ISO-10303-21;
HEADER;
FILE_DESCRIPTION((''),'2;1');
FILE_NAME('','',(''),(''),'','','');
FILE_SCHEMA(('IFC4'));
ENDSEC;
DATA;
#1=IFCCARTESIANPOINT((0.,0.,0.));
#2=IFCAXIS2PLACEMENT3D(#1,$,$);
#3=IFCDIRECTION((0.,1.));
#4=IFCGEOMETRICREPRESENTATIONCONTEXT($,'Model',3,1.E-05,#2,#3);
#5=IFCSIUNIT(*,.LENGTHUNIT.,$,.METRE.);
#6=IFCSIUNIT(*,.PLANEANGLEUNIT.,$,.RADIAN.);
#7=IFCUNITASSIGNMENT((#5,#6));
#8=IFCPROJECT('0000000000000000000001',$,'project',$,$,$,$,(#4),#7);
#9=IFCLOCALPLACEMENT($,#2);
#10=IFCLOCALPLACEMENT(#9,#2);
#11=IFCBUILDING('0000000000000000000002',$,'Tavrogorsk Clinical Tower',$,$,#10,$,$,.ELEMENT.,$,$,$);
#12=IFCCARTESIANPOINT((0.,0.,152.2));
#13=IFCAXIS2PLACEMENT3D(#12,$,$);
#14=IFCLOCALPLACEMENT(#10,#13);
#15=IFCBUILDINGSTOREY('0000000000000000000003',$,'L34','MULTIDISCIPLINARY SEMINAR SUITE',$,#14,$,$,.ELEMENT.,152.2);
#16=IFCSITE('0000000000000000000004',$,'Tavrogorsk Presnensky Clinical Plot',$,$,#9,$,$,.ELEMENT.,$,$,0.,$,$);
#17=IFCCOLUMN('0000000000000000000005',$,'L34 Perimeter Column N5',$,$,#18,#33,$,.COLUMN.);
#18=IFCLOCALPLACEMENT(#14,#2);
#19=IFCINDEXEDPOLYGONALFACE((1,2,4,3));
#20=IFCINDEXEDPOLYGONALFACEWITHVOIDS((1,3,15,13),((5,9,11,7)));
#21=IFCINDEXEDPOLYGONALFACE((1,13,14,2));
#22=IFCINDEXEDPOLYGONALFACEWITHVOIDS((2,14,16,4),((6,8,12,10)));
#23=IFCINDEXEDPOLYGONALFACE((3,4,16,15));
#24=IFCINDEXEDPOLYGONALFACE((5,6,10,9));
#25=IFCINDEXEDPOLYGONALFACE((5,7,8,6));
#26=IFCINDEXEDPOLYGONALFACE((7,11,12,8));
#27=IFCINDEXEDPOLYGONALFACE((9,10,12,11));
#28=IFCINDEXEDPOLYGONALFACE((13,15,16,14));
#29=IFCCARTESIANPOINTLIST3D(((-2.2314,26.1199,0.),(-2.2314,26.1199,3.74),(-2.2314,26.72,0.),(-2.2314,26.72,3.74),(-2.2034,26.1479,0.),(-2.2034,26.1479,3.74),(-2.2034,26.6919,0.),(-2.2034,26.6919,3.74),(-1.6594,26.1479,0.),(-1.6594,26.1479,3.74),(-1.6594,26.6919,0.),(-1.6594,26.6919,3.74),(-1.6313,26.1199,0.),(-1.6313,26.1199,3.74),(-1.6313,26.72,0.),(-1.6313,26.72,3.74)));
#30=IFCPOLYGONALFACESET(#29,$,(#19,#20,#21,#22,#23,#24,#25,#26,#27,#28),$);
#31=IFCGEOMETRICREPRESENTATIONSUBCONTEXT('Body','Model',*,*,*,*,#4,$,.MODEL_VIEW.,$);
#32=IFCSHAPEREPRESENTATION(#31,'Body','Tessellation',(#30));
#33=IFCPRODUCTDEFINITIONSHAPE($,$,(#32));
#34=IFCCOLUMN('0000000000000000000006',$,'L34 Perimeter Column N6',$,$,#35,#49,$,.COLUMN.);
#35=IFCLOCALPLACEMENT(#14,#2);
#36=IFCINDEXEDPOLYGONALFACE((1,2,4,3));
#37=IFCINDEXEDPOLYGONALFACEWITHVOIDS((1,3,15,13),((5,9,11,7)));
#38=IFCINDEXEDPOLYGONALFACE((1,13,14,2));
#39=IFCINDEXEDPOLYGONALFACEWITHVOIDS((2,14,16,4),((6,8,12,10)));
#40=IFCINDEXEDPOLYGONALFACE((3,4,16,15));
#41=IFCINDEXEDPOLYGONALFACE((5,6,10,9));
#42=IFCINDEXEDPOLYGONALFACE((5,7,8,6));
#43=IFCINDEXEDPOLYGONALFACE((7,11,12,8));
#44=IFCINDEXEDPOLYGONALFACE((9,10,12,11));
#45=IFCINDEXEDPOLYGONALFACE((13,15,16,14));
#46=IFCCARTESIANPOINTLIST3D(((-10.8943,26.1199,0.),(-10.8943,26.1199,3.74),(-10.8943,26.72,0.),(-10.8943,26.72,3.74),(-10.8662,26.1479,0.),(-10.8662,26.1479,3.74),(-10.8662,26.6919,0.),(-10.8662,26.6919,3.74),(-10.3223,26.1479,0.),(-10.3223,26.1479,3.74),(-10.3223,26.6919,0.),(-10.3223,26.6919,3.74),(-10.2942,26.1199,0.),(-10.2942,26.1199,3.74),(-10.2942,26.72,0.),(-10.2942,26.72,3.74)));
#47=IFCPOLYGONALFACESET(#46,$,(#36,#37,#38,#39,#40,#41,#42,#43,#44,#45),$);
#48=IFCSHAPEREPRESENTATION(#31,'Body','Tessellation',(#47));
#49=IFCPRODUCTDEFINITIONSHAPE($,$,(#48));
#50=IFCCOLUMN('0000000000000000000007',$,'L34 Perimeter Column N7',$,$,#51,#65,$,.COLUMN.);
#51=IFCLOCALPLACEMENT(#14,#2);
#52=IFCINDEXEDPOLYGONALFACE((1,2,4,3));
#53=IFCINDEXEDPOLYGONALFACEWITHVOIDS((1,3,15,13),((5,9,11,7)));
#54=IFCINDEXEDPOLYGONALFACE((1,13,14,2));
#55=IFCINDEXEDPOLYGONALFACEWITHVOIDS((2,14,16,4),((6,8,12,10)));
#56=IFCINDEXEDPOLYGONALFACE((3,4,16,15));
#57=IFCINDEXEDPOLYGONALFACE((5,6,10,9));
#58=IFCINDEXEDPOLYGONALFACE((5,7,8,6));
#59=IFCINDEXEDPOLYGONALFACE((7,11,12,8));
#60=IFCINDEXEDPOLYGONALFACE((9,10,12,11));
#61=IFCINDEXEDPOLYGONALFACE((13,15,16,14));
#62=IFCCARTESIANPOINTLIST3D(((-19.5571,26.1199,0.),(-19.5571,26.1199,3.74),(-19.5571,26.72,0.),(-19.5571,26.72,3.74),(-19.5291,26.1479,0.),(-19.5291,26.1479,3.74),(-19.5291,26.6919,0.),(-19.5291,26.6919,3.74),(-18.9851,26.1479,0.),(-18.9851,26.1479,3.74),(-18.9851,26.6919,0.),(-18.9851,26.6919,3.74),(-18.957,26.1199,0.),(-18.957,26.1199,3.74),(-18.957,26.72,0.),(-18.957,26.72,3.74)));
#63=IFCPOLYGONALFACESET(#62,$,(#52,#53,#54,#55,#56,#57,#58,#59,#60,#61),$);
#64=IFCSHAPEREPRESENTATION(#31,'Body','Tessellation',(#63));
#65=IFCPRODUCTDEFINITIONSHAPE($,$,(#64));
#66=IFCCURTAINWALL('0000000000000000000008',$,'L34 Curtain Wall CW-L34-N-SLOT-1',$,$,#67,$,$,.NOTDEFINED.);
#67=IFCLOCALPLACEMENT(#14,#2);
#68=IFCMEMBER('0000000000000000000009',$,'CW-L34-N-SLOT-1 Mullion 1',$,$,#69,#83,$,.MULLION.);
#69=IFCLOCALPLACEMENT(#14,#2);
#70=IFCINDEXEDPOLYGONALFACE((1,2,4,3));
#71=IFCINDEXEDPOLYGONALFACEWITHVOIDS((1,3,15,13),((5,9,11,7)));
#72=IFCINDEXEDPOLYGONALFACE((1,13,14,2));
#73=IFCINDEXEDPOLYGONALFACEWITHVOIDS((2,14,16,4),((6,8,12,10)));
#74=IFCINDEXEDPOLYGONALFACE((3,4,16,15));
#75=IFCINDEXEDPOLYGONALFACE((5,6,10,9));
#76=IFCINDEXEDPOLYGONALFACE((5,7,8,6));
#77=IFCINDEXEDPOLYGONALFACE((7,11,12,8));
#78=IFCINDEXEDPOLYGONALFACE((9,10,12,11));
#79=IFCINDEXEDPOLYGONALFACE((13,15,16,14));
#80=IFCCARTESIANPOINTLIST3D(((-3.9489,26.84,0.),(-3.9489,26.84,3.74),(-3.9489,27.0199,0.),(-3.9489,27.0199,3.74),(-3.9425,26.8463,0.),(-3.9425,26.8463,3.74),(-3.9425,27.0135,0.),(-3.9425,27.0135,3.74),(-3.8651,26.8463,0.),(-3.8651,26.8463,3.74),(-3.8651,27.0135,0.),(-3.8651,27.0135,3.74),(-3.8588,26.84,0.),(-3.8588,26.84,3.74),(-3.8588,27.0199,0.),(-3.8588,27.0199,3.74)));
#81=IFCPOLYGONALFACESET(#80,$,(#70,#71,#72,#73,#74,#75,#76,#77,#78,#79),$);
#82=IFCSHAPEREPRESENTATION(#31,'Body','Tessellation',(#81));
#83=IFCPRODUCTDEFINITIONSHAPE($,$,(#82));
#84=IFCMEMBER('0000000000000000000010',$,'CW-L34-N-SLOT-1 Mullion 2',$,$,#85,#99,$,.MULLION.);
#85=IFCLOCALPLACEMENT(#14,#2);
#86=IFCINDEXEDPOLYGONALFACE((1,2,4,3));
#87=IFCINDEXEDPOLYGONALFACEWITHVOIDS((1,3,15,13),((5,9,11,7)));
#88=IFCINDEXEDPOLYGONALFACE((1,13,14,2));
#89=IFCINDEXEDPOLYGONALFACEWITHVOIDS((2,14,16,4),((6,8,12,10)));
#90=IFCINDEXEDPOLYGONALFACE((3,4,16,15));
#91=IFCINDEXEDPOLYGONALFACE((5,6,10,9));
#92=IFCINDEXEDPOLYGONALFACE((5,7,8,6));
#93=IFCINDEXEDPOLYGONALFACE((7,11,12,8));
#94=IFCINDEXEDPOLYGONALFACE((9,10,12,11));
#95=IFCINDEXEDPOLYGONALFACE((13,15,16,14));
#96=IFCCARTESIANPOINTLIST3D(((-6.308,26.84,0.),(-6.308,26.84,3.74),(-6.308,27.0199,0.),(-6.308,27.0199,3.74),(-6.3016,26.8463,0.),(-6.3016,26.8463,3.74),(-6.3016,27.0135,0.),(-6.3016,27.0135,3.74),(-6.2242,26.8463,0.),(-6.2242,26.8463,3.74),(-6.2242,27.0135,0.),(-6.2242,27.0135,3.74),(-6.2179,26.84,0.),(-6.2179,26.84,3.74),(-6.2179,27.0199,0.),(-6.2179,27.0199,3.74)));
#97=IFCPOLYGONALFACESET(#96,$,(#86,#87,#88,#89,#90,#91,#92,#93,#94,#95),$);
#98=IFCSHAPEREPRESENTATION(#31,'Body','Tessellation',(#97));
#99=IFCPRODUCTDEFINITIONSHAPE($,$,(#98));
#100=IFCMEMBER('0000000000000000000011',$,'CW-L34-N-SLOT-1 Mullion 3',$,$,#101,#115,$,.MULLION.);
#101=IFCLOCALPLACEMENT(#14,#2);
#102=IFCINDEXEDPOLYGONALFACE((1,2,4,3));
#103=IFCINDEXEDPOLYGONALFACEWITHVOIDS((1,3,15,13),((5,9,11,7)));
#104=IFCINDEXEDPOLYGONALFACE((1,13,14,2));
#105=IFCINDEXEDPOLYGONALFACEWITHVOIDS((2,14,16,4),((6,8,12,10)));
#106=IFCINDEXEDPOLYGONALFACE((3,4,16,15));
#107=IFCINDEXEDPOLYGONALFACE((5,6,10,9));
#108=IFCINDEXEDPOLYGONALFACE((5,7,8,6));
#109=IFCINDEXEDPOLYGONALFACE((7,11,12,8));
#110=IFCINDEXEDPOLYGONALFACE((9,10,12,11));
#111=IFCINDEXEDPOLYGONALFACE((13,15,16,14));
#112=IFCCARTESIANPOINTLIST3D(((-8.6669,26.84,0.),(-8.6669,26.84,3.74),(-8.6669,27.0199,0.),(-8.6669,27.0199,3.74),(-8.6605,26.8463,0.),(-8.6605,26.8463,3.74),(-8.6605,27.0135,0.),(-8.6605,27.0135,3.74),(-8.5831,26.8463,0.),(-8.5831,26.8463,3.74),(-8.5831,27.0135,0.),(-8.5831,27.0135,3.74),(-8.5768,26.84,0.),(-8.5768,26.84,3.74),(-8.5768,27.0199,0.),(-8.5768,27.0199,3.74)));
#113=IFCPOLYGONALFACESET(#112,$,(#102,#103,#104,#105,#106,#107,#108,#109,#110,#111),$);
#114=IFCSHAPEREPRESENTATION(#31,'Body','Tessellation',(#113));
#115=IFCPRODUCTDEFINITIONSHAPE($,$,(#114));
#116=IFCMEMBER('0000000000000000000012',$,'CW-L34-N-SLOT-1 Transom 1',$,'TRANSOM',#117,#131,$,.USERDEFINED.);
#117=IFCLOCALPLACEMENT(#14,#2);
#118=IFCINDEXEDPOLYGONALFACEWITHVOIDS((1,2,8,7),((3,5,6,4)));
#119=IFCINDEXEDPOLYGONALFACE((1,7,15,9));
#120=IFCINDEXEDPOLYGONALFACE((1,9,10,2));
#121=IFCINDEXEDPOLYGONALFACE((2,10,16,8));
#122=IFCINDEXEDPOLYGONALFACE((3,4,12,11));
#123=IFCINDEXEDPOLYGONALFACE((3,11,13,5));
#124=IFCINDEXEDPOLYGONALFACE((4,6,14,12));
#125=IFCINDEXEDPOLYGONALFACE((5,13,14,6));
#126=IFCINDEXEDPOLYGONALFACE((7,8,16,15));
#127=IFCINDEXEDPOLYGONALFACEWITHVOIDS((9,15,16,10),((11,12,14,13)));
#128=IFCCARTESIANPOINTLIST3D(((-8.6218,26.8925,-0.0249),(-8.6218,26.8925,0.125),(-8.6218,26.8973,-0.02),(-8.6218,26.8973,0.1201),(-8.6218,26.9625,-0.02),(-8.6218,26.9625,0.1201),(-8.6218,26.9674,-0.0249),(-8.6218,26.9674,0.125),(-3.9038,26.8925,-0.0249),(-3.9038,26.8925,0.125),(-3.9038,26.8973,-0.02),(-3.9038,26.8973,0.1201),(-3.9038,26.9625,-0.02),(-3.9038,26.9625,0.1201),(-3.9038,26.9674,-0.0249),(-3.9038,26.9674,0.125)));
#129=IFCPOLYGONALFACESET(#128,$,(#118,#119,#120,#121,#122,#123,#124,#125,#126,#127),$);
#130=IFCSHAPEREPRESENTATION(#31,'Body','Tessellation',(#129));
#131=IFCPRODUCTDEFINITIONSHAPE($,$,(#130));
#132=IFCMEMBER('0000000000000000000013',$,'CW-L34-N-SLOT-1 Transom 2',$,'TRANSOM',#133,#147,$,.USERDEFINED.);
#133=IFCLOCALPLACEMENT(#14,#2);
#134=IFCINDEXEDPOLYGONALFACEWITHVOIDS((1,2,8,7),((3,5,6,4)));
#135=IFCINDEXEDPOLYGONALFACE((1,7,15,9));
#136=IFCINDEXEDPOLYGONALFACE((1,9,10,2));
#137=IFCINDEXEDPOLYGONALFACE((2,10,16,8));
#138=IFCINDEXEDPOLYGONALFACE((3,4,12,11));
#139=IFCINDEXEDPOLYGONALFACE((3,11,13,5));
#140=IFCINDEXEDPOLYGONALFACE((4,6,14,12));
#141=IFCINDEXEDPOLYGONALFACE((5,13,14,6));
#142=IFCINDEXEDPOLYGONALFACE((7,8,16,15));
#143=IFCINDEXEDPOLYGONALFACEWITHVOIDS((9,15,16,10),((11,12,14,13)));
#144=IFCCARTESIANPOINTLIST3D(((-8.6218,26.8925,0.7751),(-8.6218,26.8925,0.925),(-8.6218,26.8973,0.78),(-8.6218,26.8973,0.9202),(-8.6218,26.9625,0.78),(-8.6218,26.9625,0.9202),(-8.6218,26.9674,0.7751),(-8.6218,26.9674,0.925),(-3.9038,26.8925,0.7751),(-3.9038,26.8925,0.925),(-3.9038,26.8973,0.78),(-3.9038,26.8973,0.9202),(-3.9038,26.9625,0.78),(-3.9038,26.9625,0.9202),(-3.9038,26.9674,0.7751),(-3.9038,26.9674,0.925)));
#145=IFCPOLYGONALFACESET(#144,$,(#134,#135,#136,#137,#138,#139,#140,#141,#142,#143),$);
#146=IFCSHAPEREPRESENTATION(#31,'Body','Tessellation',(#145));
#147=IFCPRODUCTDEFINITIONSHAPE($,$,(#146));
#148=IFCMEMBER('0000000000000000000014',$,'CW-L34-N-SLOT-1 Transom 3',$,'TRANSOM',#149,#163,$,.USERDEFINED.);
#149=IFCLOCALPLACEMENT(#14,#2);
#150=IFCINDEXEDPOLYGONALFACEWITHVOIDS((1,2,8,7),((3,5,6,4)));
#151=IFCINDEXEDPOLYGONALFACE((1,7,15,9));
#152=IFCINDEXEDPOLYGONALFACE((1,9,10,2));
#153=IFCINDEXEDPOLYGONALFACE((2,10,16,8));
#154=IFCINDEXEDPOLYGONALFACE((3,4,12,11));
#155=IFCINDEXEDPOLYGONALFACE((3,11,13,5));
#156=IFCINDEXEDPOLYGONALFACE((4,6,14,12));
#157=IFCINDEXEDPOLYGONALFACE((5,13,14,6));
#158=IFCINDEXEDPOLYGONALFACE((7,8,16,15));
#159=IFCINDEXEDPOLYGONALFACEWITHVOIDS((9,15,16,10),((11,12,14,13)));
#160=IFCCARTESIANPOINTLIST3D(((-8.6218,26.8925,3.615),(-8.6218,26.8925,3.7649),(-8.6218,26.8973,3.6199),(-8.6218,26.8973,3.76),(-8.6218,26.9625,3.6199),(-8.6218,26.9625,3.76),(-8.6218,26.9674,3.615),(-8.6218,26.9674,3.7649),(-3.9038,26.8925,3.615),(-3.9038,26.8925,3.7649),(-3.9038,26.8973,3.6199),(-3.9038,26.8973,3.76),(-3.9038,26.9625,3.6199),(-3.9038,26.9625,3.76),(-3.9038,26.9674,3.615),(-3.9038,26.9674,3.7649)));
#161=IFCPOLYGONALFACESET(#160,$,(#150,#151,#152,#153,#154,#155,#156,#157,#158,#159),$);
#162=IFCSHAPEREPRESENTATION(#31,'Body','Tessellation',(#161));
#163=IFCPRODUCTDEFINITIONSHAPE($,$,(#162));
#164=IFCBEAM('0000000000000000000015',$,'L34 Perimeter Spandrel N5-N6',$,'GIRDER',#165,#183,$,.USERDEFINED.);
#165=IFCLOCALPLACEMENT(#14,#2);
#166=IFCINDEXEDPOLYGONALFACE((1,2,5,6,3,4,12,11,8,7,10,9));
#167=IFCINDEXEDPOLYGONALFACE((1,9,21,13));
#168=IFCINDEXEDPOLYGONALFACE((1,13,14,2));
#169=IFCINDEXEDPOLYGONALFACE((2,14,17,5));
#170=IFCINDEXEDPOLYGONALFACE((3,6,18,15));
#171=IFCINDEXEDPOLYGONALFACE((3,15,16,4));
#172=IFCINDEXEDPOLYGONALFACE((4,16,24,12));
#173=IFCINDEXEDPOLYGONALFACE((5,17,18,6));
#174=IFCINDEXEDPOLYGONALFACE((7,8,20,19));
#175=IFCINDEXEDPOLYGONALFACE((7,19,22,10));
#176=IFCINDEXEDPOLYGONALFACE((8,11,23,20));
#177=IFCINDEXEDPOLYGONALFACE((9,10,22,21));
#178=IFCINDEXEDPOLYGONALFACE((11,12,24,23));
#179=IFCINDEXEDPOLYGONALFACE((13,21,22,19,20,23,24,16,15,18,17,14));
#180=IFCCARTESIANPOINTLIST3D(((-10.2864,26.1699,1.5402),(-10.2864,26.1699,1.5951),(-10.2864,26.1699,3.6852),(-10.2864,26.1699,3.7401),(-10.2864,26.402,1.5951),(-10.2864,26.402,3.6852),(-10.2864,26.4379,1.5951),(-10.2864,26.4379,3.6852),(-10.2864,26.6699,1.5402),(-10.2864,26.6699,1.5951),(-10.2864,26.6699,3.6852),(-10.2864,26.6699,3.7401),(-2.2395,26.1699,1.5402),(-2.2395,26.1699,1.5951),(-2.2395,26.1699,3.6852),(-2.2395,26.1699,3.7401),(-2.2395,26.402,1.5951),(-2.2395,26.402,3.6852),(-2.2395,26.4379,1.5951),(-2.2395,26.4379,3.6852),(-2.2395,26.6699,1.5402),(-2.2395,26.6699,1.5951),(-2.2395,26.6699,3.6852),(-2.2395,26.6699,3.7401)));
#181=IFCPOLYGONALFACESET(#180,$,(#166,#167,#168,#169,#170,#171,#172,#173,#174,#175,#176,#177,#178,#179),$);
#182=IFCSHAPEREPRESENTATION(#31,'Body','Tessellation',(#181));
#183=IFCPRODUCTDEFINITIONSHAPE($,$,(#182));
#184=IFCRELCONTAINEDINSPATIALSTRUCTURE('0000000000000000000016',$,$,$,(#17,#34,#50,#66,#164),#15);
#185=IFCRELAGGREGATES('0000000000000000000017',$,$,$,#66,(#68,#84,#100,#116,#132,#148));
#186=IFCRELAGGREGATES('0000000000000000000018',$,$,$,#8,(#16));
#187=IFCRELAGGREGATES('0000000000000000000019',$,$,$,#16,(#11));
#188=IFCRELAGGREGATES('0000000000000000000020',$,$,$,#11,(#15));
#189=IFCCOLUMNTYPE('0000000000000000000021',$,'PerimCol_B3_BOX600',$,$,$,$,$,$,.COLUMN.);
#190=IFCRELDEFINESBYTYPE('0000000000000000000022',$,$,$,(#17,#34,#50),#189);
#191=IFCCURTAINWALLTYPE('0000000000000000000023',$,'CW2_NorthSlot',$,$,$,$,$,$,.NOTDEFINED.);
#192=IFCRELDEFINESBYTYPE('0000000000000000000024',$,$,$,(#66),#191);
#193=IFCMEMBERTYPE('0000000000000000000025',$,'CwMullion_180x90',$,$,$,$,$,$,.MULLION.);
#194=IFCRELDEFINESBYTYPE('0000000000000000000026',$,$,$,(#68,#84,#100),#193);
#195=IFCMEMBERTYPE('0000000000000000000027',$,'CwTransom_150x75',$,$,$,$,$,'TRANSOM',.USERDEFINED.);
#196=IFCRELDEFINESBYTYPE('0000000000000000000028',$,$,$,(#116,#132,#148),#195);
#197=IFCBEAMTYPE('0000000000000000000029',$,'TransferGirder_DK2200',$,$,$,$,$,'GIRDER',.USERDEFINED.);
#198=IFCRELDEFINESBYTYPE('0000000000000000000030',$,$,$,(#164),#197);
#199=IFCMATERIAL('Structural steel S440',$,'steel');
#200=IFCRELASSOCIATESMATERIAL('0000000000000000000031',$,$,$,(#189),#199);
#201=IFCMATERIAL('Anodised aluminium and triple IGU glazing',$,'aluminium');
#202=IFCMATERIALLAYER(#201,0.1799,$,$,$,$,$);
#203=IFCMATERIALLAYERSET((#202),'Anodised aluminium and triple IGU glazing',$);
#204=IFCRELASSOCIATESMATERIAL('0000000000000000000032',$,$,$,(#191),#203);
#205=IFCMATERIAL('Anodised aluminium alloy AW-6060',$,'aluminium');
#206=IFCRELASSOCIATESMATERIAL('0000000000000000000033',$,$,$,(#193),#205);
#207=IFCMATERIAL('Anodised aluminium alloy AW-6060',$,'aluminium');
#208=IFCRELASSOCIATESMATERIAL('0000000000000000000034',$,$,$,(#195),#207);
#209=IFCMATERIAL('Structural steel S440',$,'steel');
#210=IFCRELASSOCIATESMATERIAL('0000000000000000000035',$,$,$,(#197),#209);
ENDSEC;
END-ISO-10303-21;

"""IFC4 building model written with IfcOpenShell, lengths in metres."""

from ifc_helpers import new_model, si_unit, direction, frame, origin, origin_2d, place, context, subcontext, project, spatial, hollow_rectangle, i_section, extrude, material, layer, layer_set, material_profile, profile_set, type_object, element, aggregate, save


model = new_model("IFC4")

# Units and contexts
model_context = context("Model", 3, precision=1e-05, world=origin(), true_north=direction((0.0, 1.0)))
body_context = subcontext(model_context, "Body", "Model", "MODEL_VIEW")
ifc_project = project(units=[si_unit("LENGTHUNIT", "METRE"), si_unit("PLANEANGLEUNIT", "RADIAN")], contexts=[model_context])

# Site, building, storey
site_placement = place(None, origin())
site = spatial("IfcSite", under=ifc_project, at=site_placement, Name="Tavrogorsk Presnensky Clinical Plot", CompositionType="ELEMENT", RefElevation=0.0)
building_placement = place(site_placement, origin())
building = spatial("IfcBuilding", under=site, at=building_placement, Name="Tavrogorsk Clinical Tower", CompositionType="ELEMENT")
storey_placement = place(building_placement, frame((0.0, 0.0, 152.2)))
storey = spatial("IfcBuildingStorey", under=building, at=storey_placement, Name="L34", Description="MULTIDISCIPLINARY SEMINAR SUITE", CompositionType="ELEMENT", Elevation=152.2)

# Columns
ifc_material_1 = material(Name="Structural steel S440", Category="steel")
ifc_material_profile_1 = material_profile(ifc_material_1, hollow_rectangle(XDim=0.6001, YDim=0.6001, WallThickness=0.0281, at=origin_2d()), Name="BOX-600x600x28")
ifc_profile_set_1 = profile_set([ifc_material_profile_1], Name="Structural steel S440")
column_type = type_object("IfcColumnType", Name="PerimCol_B3_BOX600", PredefinedType="COLUMN", material=ifc_profile_set_1)
for number, where, z_axis, x_axis, name in (
    (1, (-1.9314, 26.4199, 0.0), (0.0, 0.0, 1.0), (1.0, 0.0, 0.0), "L34 Perimeter Column N5"),
    (2, (-10.5942, 26.4199, 0.0), (0.0, 0.0, 1.0), (1.0, 0.0, 0.0), "L34 Perimeter Column N6"),
    (3, (-19.2571, 26.4199, 0.0), (0.0, 0.0, 1.0), (1.0, 0.0, 0.0), "L34 Perimeter Column N7"),
):
    element("IfcColumn", number, at=place(storey_placement, frame(where, z_axis=z_axis, x_axis=x_axis)), inside=storey, type_object=column_type, Name=name, PredefinedType="COLUMN", context=body_context, shape_type="SweptSolid", body=[
        extrude(hollow_rectangle(XDim=0.6001, YDim=0.6001, WallThickness=0.0281, at=origin_2d()), origin(), (0.0, 0.0, 1.0), 3.74),
    ])

# Curtain wall, members
ifc_material_2 = material(Name="Anodised aluminium and triple IGU glazing", Category="aluminium")
ifc_layer_1 = layer(ifc_material_2, 0.1799)
ifc_layer_set_1 = layer_set([ifc_layer_1], Name="Anodised aluminium and triple IGU glazing")
curtain_wall_type = type_object("IfcCurtainWallType", Name="CW2_NorthSlot", PredefinedType="NOTDEFINED", material=ifc_layer_set_1)
curtain_wall_placement = place(storey_placement, origin())
curtain_wall = element("IfcCurtainWall", 4, at=curtain_wall_placement, inside=storey, type_object=curtain_wall_type, Name="L34 Curtain Wall CW-L34-N-SLOT-1", PredefinedType="NOTDEFINED")
ifc_material_3 = material(Name="Anodised aluminium alloy AW-6060", Category="aluminium")
ifc_material_profile_2 = material_profile(ifc_material_3, hollow_rectangle(XDim=0.0901, YDim=0.1799, WallThickness=0.0063, at=origin_2d()), Name="RHS-180x90x6.3")
ifc_profile_set_2 = profile_set([ifc_material_profile_2], Name="Anodised aluminium alloy AW-6060")
member_type_1 = type_object("IfcMemberType", Name="CwMullion_180x90", PredefinedType="MULLION", material=ifc_profile_set_2)
member_1_placement = place(storey_placement, frame((-3.9038, 26.9299, 0.0), z_axis=(0.0, 0.0, 1.0), x_axis=(-1.0, 0.0, 0.0)))
member_1 = element("IfcMember", 5, at=member_1_placement, type_object=member_type_1, Name="CW-L34-N-SLOT-1 Mullion 1", PredefinedType="MULLION", context=body_context, shape_type="SweptSolid", body=[
    extrude(hollow_rectangle(XDim=0.0901, YDim=0.1799, WallThickness=0.0063, at=origin_2d()), origin(), (0.0, 0.0, 1.0), 3.74),
])
member_2_placement = place(storey_placement, frame((-6.2629, 26.9299, 0.0), z_axis=(0.0, 0.0, 1.0), x_axis=(-1.0, 0.0, 0.0)))
member_2 = element("IfcMember", 6, at=member_2_placement, type_object=member_type_1, Name="CW-L34-N-SLOT-1 Mullion 2", PredefinedType="MULLION", context=body_context, shape_type="SweptSolid", body=[
    extrude(hollow_rectangle(XDim=0.0901, YDim=0.1799, WallThickness=0.0063, at=origin_2d()), origin(), (0.0, 0.0, 1.0), 3.74),
])
member_3_placement = place(storey_placement, frame((-8.6218, 26.9299, 0.0), z_axis=(0.0, 0.0, 1.0), x_axis=(-1.0, 0.0, 0.0)))
member_3 = element("IfcMember", 7, at=member_3_placement, type_object=member_type_1, Name="CW-L34-N-SLOT-1 Mullion 3", PredefinedType="MULLION", context=body_context, shape_type="SweptSolid", body=[
    extrude(hollow_rectangle(XDim=0.0901, YDim=0.1799, WallThickness=0.0063, at=origin_2d()), origin(), (0.0, 0.0, 1.0), 3.74),
])
ifc_material_4 = material(Name="Anodised aluminium alloy AW-6060", Category="aluminium")
ifc_material_profile_3 = material_profile(ifc_material_4, hollow_rectangle(XDim=0.075, YDim=0.1499, WallThickness=0.0049, at=origin_2d()), Name="RHS-150x75x5")
ifc_profile_set_3 = profile_set([ifc_material_profile_3], Name="Anodised aluminium alloy AW-6060")
member_type_2 = type_object("IfcMemberType", Name="CwTransom_150x75", ElementType="TRANSOM", PredefinedType="USERDEFINED", material=ifc_profile_set_3)
member_4_placement = place(storey_placement, frame((-3.9038, 26.9299, 0.05), z_axis=(-1.0, 0.0, 0.0), x_axis=(0.0, -1.0, 0.0)))
member_4 = element("IfcMember", 8, at=member_4_placement, type_object=member_type_2, Name="CW-L34-N-SLOT-1 Transom 1", ObjectType="TRANSOM", PredefinedType="USERDEFINED", context=body_context, shape_type="SweptSolid", body=[
    extrude(hollow_rectangle(XDim=0.075, YDim=0.1499, WallThickness=0.0049, at=origin_2d()), origin(), (0.0, 0.0, 1.0), 4.718),
])
member_5_placement = place(storey_placement, frame((-3.9038, 26.9299, 0.8501), z_axis=(-1.0, 0.0, 0.0), x_axis=(0.0, -1.0, 0.0)))
member_5 = element("IfcMember", 9, at=member_5_placement, type_object=member_type_2, Name="CW-L34-N-SLOT-1 Transom 2", ObjectType="TRANSOM", PredefinedType="USERDEFINED", context=body_context, shape_type="SweptSolid", body=[
    extrude(hollow_rectangle(XDim=0.075, YDim=0.1499, WallThickness=0.0049, at=origin_2d()), origin(), (0.0, 0.0, 1.0), 4.718),
])
member_6_placement = place(storey_placement, frame((-3.9038, 26.9299, 3.6899), z_axis=(-1.0, 0.0, 0.0), x_axis=(0.0, -1.0, 0.0)))
member_6 = element("IfcMember", 10, at=member_6_placement, type_object=member_type_2, Name="CW-L34-N-SLOT-1 Transom 3", ObjectType="TRANSOM", PredefinedType="USERDEFINED", context=body_context, shape_type="SweptSolid", body=[
    extrude(hollow_rectangle(XDim=0.075, YDim=0.1499, WallThickness=0.0049, at=origin_2d()), origin(), (0.0, 0.0, 1.0), 4.718),
])

# Beam
ifc_material_5 = material(Name="Structural steel S440", Category="steel")
ifc_material_profile_4 = material_profile(ifc_material_5, i_section(OverallWidth=0.5, OverallDepth=2.2, WebThickness=0.0359, FlangeThickness=0.0549, at=origin_2d()), Name="DK-2200x500x36x55")
ifc_profile_set_4 = profile_set([ifc_material_profile_4], Name="Structural steel S440")
beam_type = type_object("IfcBeamType", Name="TransferGirder_DK2200", ElementType="GIRDER", PredefinedType="USERDEFINED", material=ifc_profile_set_4)
for number, where, z_axis, x_axis, name in (
    (11, (-2.2395, 26.4199, 2.6401), (-1.0, 0.0, 0.0), (0.0, -1.0, 0.0), "L34 Perimeter Spandrel N5-N6"),
):
    element("IfcBeam", number, at=place(storey_placement, frame(where, z_axis=z_axis, x_axis=x_axis)), inside=storey, type_object=beam_type, Name=name, ObjectType="GIRDER", PredefinedType="USERDEFINED", context=body_context, shape_type="SweptSolid", body=[
        extrude(i_section(OverallWidth=0.5, OverallDepth=2.2, WebThickness=0.0359, FlangeThickness=0.0549, at=origin_2d()), origin(), (0.0, 0.0, 1.0), 8.0469),
    ])

aggregate(curtain_wall, [member_1, member_2, member_3, member_4, member_5, member_6])

save(model, "model.ifc")
